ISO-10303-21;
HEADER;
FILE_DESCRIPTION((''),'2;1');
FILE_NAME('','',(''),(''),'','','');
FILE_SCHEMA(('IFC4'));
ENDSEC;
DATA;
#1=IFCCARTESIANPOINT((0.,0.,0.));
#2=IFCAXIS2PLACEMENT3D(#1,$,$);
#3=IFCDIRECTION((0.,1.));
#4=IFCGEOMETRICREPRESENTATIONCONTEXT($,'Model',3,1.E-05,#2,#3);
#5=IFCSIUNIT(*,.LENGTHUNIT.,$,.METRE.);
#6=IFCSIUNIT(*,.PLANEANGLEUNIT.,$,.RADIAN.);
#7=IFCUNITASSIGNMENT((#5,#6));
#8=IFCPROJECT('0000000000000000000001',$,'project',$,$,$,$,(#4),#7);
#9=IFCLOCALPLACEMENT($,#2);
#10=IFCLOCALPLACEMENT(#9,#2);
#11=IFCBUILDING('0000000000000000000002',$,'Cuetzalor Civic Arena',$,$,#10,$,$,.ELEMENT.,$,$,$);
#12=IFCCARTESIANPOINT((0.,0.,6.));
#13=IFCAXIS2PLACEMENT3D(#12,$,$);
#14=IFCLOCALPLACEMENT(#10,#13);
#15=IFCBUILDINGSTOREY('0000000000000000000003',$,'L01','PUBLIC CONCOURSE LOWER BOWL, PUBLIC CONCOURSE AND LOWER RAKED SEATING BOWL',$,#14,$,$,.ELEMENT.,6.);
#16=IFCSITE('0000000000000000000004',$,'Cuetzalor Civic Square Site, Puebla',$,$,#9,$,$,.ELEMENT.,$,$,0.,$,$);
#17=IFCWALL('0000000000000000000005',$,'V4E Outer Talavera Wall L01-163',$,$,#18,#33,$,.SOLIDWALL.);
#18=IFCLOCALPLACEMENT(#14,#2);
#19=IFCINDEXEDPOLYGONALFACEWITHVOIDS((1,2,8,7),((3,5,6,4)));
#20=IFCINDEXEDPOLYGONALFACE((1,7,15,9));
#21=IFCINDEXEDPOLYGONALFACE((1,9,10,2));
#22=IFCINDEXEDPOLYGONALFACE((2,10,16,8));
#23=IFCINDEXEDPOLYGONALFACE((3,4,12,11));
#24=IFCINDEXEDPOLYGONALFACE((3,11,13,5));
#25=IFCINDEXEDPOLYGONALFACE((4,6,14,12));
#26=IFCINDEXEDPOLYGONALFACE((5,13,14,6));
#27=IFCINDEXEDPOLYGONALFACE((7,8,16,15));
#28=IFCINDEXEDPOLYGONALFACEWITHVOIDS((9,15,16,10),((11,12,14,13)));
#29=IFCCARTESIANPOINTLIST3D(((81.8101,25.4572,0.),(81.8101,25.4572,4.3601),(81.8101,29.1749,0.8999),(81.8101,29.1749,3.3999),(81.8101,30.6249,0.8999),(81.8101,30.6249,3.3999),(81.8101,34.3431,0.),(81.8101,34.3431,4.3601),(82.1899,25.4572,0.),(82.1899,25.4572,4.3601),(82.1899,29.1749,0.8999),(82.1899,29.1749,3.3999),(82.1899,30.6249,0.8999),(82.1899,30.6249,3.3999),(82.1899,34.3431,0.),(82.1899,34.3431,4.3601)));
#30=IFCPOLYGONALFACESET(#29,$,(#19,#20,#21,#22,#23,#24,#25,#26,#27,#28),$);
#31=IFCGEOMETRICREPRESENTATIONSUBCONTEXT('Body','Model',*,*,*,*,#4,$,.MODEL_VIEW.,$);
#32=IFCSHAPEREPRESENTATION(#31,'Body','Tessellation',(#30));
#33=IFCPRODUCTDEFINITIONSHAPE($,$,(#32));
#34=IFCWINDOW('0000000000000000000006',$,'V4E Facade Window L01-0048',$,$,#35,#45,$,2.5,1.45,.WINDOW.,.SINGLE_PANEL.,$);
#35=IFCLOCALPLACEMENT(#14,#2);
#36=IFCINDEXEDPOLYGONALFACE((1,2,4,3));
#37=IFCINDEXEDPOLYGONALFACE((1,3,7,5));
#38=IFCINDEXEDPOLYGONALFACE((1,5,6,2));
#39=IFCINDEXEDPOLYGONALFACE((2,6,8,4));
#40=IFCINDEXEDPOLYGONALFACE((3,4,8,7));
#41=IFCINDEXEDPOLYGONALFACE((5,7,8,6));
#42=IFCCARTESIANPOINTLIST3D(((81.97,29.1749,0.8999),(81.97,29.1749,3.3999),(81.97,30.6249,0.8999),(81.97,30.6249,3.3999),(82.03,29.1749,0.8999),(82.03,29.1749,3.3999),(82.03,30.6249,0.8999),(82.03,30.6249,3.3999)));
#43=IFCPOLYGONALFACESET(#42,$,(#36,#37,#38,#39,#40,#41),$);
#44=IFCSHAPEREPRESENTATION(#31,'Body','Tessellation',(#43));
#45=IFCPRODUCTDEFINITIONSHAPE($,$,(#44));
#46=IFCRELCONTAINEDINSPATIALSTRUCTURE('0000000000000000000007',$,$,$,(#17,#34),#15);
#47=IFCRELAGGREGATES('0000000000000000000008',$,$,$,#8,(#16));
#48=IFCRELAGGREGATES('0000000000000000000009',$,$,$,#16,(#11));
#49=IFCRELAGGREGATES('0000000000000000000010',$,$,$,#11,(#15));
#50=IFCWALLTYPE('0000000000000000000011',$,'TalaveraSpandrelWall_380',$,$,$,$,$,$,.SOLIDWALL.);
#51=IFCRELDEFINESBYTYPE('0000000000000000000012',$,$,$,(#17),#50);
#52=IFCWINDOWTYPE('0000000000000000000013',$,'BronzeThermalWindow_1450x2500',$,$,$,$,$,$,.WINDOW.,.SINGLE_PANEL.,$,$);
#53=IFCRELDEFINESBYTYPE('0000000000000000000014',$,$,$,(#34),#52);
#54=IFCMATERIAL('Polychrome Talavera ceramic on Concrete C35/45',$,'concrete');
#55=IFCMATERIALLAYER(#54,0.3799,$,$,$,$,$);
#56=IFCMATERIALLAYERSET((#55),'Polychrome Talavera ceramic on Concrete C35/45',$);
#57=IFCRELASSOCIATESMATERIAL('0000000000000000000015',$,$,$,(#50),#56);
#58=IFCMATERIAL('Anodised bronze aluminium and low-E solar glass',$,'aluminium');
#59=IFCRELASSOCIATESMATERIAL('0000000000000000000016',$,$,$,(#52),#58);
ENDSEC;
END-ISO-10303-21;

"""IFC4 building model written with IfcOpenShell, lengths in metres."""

from ifc_helpers import new_model, si_unit, direction, frame, frame_2d, origin, place, context, subcontext, project, spatial, rectangle, extrude, material, layer, layer_set, type_object, element, fill, save


model = new_model("IFC4")

# Units and contexts
model_context = context("Model", 3, precision=1e-05, world=origin(), true_north=direction((0.0, 1.0)))
body_context = subcontext(model_context, "Body", "Model", "MODEL_VIEW")
ifc_project = project(units=[si_unit("LENGTHUNIT", "METRE"), si_unit("PLANEANGLEUNIT", "RADIAN")], contexts=[model_context])

# Site, building, storey
site_placement = place(None, origin())
site = spatial("IfcSite", under=ifc_project, at=site_placement, Name="Cuetzalor Civic Square Site, Puebla", CompositionType="ELEMENT", RefElevation=0.0)
building_placement = place(site_placement, origin())
building = spatial("IfcBuilding", under=site, at=building_placement, Name="Cuetzalor Civic Arena", CompositionType="ELEMENT")
storey_placement = place(building_placement, frame((0.0, 0.0, 6.0)))
storey = spatial("IfcBuildingStorey", under=building, at=storey_placement, Name="L01", Description="PUBLIC CONCOURSE LOWER BOWL, PUBLIC CONCOURSE AND LOWER RAKED SEATING BOWL", CompositionType="ELEMENT", Elevation=6.0)

# Wall, opening, window
ifc_material_1 = material(Name="Polychrome Talavera ceramic on Concrete C35/45", Category="concrete")
ifc_layer_1 = layer(ifc_material_1, 0.3799)
ifc_layer_set_1 = layer_set([ifc_layer_1], Name="Polychrome Talavera ceramic on Concrete C35/45")
wall_type_1 = type_object("IfcWallType", Name="TalaveraSpandrelWall_380", PredefinedType="SOLIDWALL", material=ifc_layer_set_1)
wall_1_placement = place(storey_placement, frame((82.0, 34.343, 0.0), z_axis=(0.0, 0.0, 1.0), x_axis=(0.0, -1.0, 0.0)))
wall_1 = element("IfcWall", 1, at=wall_1_placement, inside=storey, type_object=wall_type_1, Name="V4E Outer Talavera Wall L01-163", PredefinedType="SOLIDWALL", context=body_context, shape_type="SweptSolid", body=[
    extrude(rectangle(XDim=8.886, YDim=0.3799, at=frame_2d((4.4429, 0.0))), origin(), (0.0, 0.0, 1.0), 4.3601),
])
opening_placement = place(wall_1_placement, frame((3.718, 0.0, 0.8999)))
opening = element("IfcOpeningElement", 2, at=opening_placement, cuts=wall_1, PredefinedType="OPENING", context=body_context, shape_type="SweptSolid", body=[
    extrude(rectangle(XDim=1.45, YDim=2.5, at=frame_2d((0.7251, 1.25))), frame((0.0, 0.2, 0.0), z_axis=(0.0, -1.0, 0.0), x_axis=(1.0, 0.0, 0.0)), (0.0, 0.0, 1.0), 0.3999),
])
ifc_material_2 = material(Name="Anodised bronze aluminium and low-E solar glass", Category="aluminium")
window_type = type_object("IfcWindowType", Name="BronzeThermalWindow_1450x2500", PartitioningType="SINGLE_PANEL", PredefinedType="WINDOW", material=ifc_material_2)
window_placement = place(opening_placement, origin())
window = element("IfcWindow", 3, at=window_placement, inside=storey, type_object=window_type, Name="V4E Facade Window L01-0048", OverallHeight=2.5, OverallWidth=1.45, PartitioningType="SINGLE_PANEL", PredefinedType="WINDOW", context=body_context, shape_type="SweptSolid", body=[
    extrude(rectangle(XDim=1.45, YDim=2.5, at=frame_2d((0.7251, 1.25))), frame((0.0, 0.03, 0.0), z_axis=(0.0, -1.0, 0.0), x_axis=(1.0, 0.0, 0.0)), (0.0, 0.0, 1.0), 0.0601),
])
fill(opening, window)

save(model, "model.ifc")
